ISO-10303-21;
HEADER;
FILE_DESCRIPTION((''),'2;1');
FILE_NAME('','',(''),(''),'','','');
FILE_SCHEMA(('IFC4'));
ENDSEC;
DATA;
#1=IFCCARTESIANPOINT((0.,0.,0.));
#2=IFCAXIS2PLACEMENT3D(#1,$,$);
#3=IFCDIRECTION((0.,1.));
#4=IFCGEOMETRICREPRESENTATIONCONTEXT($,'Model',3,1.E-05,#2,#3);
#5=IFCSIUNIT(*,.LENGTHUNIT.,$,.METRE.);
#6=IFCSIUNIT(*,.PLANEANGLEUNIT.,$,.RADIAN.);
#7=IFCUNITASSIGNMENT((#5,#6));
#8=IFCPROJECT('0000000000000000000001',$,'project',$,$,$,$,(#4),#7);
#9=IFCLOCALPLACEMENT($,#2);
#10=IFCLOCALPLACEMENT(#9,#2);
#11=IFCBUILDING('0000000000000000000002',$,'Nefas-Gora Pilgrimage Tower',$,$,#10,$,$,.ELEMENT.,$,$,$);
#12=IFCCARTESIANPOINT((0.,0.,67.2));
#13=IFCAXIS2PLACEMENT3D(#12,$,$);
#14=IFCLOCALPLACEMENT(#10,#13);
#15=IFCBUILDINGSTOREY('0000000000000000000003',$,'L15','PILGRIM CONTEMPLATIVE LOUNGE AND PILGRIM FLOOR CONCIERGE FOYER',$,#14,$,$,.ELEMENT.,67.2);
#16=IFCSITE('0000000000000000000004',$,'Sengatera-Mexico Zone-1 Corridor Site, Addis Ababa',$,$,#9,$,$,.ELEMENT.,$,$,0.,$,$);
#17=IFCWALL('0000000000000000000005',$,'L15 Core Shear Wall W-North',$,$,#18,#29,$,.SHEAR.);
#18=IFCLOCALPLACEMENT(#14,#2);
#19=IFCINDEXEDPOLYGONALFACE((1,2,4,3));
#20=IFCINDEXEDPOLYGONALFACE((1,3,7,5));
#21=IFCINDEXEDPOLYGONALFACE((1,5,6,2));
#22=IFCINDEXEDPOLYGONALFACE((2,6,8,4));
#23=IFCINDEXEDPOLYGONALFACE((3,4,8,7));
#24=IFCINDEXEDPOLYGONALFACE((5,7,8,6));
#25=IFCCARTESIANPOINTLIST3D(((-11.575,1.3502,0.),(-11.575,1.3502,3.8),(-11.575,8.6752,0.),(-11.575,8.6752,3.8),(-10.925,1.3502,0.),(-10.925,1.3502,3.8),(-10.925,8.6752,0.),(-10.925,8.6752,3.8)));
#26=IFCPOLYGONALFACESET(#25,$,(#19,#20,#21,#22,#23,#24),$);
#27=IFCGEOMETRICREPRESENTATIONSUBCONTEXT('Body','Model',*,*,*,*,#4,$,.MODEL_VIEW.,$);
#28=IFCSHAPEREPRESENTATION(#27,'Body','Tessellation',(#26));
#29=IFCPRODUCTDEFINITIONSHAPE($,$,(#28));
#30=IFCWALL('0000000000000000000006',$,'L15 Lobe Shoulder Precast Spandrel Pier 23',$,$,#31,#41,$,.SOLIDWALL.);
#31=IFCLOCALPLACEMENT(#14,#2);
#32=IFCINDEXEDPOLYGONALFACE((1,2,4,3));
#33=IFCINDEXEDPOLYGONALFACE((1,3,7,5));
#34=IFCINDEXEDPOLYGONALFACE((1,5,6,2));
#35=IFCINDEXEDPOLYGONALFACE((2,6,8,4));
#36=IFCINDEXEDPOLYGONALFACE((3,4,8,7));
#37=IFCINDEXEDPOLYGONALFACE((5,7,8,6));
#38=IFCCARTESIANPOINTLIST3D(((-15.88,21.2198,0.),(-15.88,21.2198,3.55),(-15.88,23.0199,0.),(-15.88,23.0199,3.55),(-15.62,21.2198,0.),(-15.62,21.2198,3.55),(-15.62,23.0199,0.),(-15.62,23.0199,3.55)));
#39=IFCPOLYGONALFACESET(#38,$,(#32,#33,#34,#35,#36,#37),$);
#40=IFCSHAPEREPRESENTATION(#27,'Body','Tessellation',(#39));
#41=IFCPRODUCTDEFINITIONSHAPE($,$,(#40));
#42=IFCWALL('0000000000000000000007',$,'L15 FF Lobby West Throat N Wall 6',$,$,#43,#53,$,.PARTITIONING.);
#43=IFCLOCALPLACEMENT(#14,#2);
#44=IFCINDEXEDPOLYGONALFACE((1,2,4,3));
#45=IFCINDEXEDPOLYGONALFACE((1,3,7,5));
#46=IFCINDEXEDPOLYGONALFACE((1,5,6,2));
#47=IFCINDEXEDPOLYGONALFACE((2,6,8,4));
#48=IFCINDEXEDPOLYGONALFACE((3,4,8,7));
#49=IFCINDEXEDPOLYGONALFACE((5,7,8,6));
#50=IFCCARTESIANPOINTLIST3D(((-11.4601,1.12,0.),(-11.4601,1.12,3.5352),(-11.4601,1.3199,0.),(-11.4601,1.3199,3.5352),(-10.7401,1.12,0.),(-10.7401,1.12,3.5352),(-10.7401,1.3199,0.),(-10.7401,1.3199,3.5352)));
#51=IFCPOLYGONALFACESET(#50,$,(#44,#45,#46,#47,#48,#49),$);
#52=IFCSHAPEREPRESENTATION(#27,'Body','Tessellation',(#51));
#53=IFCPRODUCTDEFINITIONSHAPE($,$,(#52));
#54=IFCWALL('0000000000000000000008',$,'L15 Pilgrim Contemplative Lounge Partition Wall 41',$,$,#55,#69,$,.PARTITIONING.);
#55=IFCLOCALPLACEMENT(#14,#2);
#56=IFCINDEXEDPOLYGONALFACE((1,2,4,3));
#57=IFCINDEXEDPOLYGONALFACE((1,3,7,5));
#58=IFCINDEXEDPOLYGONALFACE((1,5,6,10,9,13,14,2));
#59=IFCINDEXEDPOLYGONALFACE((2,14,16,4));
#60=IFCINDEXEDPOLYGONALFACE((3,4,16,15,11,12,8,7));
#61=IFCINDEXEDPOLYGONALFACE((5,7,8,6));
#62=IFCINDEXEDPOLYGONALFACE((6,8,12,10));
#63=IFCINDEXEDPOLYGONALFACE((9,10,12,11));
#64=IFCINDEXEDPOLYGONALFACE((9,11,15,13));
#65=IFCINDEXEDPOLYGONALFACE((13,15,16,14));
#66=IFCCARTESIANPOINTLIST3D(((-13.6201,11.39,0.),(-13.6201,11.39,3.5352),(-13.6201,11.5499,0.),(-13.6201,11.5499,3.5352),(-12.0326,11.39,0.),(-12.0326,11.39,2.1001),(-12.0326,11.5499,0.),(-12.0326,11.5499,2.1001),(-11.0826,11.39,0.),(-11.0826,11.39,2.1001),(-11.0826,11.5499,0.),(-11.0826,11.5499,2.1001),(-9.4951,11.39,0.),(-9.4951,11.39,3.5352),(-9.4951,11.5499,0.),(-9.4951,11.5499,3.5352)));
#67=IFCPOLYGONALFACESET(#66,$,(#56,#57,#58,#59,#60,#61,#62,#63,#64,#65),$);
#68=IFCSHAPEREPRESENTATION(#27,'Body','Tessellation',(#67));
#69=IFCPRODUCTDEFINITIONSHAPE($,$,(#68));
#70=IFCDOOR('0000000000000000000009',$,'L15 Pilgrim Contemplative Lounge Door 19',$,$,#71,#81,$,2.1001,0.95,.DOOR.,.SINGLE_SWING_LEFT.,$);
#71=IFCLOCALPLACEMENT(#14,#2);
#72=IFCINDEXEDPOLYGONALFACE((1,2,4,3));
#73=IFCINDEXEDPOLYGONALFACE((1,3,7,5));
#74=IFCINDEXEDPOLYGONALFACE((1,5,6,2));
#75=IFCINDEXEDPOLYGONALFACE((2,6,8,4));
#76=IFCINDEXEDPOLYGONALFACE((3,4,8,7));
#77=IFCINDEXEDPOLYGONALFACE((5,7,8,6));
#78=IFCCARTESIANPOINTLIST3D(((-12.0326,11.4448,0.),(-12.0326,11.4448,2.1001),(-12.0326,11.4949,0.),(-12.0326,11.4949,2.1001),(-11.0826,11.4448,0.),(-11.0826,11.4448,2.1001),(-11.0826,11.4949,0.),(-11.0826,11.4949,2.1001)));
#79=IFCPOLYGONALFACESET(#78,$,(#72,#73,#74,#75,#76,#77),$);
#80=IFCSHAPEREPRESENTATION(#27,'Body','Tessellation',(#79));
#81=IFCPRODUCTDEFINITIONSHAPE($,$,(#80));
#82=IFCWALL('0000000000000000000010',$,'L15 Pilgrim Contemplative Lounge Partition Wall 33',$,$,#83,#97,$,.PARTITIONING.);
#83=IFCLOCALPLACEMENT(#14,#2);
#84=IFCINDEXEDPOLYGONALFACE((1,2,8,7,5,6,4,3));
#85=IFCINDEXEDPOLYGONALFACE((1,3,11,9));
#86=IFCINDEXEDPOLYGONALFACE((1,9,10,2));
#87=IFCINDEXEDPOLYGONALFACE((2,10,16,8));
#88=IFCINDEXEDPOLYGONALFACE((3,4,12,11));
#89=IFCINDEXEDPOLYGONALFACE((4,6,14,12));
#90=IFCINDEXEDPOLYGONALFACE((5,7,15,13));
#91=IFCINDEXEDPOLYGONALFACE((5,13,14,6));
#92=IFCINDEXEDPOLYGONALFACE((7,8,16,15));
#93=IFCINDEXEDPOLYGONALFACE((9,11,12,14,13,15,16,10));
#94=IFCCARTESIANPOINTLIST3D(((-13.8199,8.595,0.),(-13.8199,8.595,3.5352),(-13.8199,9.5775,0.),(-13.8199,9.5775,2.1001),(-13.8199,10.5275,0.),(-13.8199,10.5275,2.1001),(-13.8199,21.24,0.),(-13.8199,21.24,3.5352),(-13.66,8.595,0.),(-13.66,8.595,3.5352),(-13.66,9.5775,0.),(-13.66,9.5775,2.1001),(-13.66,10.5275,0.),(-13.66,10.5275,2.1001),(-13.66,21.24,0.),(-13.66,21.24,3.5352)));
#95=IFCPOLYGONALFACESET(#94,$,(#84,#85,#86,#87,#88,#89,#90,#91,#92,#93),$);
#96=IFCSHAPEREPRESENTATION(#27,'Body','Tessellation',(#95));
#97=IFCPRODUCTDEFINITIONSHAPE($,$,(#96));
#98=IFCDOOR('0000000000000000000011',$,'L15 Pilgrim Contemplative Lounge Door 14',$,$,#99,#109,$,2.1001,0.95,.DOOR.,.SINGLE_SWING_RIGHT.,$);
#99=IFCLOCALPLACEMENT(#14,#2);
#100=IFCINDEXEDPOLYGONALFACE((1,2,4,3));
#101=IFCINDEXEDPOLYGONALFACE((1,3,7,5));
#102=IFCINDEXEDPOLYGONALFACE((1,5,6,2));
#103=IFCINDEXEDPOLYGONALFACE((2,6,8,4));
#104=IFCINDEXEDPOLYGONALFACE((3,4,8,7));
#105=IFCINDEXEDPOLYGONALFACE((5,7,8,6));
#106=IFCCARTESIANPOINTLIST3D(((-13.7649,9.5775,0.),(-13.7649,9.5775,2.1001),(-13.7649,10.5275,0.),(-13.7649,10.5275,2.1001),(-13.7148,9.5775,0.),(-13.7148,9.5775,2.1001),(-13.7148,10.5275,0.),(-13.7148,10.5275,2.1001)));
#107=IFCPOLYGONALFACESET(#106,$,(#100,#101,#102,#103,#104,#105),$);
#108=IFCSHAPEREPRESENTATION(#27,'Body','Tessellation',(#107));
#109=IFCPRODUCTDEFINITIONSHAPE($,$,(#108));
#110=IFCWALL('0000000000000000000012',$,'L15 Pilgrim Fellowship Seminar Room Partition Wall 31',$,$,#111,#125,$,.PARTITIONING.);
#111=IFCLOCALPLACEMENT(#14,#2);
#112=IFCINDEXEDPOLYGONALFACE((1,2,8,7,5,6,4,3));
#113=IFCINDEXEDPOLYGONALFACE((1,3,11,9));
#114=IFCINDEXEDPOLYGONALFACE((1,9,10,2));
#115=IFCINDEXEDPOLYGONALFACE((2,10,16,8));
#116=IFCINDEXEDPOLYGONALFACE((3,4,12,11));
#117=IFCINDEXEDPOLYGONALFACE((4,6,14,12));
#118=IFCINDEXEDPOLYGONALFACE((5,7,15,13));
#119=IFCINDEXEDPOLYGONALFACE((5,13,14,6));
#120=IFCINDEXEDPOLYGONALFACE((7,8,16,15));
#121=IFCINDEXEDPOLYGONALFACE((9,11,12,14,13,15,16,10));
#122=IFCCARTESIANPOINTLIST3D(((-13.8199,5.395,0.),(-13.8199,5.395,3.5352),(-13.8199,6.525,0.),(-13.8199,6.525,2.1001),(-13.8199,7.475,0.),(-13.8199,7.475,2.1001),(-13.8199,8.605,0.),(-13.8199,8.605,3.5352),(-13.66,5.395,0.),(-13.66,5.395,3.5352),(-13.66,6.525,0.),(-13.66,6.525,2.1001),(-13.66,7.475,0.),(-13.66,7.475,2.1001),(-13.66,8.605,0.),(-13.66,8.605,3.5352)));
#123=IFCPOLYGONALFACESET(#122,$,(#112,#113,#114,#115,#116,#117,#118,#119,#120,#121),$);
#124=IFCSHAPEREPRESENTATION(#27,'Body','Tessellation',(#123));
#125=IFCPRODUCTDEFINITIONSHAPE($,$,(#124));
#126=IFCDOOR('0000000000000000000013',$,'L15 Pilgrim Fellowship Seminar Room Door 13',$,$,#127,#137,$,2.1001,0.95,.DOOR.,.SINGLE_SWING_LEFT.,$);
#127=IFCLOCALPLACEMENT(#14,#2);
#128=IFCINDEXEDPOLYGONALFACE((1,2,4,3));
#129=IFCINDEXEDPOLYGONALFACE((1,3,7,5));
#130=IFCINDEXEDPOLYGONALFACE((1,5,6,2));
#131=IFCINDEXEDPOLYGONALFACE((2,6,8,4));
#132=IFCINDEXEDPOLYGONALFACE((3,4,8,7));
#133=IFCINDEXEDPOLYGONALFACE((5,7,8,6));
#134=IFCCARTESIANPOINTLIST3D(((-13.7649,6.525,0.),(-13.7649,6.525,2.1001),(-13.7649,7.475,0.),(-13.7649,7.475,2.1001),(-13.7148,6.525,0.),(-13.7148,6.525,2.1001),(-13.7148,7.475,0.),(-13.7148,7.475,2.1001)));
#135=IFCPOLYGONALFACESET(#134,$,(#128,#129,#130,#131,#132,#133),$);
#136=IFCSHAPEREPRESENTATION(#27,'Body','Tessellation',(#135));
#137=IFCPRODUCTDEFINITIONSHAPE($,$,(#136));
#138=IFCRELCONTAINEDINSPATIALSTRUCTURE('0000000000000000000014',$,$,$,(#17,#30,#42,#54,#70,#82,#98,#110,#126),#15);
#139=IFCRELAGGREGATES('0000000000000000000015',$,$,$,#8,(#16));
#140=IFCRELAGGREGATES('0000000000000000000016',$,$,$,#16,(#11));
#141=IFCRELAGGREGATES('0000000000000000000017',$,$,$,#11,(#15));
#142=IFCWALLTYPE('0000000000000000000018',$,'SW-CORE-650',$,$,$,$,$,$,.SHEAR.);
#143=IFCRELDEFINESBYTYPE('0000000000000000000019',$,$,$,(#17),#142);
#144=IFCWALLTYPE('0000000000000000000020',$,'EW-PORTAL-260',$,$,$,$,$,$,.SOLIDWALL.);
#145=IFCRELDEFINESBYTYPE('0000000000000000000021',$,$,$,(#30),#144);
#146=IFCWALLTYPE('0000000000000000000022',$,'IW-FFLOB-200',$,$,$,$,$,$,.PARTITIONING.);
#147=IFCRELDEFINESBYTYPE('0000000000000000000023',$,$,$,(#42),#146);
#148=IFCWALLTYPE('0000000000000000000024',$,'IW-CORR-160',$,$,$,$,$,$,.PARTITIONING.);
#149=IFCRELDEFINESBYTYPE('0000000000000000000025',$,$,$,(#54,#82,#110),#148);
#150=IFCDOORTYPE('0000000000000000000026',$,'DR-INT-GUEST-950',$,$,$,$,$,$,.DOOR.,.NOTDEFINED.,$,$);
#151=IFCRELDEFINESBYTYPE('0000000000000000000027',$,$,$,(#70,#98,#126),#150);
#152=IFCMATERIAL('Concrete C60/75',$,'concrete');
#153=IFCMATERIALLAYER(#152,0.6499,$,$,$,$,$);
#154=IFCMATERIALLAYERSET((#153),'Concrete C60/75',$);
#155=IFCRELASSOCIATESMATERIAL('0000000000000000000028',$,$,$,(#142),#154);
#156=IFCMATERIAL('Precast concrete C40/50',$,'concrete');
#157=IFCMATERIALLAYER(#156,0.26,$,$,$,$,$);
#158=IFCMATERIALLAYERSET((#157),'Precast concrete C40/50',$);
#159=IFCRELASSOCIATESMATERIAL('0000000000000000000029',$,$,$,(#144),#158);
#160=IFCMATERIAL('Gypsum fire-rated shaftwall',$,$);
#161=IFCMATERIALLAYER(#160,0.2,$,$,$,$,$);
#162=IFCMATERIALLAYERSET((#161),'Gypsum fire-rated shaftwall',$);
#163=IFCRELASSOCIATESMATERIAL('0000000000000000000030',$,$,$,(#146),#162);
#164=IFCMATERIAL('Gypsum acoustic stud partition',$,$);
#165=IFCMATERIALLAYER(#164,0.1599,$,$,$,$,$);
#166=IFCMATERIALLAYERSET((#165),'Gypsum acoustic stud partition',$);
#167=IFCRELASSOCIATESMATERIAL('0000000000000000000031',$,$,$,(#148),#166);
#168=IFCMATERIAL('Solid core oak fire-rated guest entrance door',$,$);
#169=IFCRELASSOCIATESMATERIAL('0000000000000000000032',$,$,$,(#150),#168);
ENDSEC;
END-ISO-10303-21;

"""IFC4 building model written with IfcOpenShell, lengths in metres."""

from ifc_helpers import new_model, si_unit, direction, frame, frame_2d, origin, place, context, subcontext, project, spatial, rectangle, extrude, source, transform, mapped, material, layer, layer_set, type_object, element, fill, save


model = new_model("IFC4")

# Units and contexts
model_context = context("Model", 3, precision=1e-05, world=origin(), true_north=direction((0.0, 1.0)))
body_context = subcontext(model_context, "Body", "Model", "MODEL_VIEW")
ifc_project = project(units=[si_unit("LENGTHUNIT", "METRE"), si_unit("PLANEANGLEUNIT", "RADIAN")], contexts=[model_context])

# Site, building, storey
site_placement = place(None, origin())
site = spatial("IfcSite", under=ifc_project, at=site_placement, Name="Sengatera-Mexico Zone-1 Corridor Site, Addis Ababa", CompositionType="ELEMENT", RefElevation=0.0)
building_placement = place(site_placement, origin())
building = spatial("IfcBuilding", under=site, at=building_placement, Name="Nefas-Gora Pilgrimage Tower", CompositionType="ELEMENT")
storey_placement = place(building_placement, frame((0.0, 0.0, 67.2)))
storey = spatial("IfcBuildingStorey", under=building, at=storey_placement, Name="L15", Description="PILGRIM CONTEMPLATIVE LOUNGE AND PILGRIM FLOOR CONCIERGE FOYER", CompositionType="ELEMENT", Elevation=67.2)

# Walls
ifc_material_1 = material(Name="Concrete C60/75", Category="concrete")
ifc_layer_1 = layer(ifc_material_1, 0.6499)
ifc_layer_set_1 = layer_set([ifc_layer_1], Name="Concrete C60/75")
wall_type_1 = type_object("IfcWallType", Name="SW-CORE-650", PredefinedType="SHEAR", material=ifc_layer_set_1)
shared_shape_1 = source(origin(), body_context, "Body", "SweptSolid", [
    extrude(rectangle(XDim=7.325, YDim=0.6499, at=frame_2d((3.6626, 0.0))), origin(), (0.0, 0.0, 1.0), 3.8),
])
wall_1_placement = place(storey_placement, frame((-11.25, 1.3501, 0.0), z_axis=(0.0, 0.0, 1.0), x_axis=(0.0, 1.0, 0.0)))
element("IfcWall", 1, at=wall_1_placement, inside=storey, type_object=wall_type_1, Name="L15 Core Shear Wall W-North", PredefinedType="SHEAR", context=body_context, shape_type="MappedRepresentation", body=[
    mapped(shared_shape_1, transform((0.0, 0.0, 0.0), x_axis=(1.0, 0.0, 0.0), y_axis=(0.0, 1.0, 0.0), z_axis=(0.0, 0.0, 1.0), scale=1.0)),
])
ifc_material_2 = material(Name="Precast concrete C40/50", Category="concrete")
ifc_layer_2 = layer(ifc_material_2, 0.26)
ifc_layer_set_2 = layer_set([ifc_layer_2], Name="Precast concrete C40/50")
wall_type_2 = type_object("IfcWallType", Name="EW-PORTAL-260", PredefinedType="SOLIDWALL", material=ifc_layer_set_2)
shared_shape_2 = source(origin(), body_context, "Body", "SweptSolid", [
    extrude(rectangle(XDim=1.8, YDim=0.26, at=frame_2d((0.8999, 0.0))), origin(), (0.0, 0.0, 1.0), 3.55),
])
wall_2_placement = place(storey_placement, frame((-15.75, 21.22, 0.0), z_axis=(0.0, 0.0, 1.0), x_axis=(0.0, 1.0, 0.0)))
element("IfcWall", 2, at=wall_2_placement, inside=storey, type_object=wall_type_2, Name="L15 Lobe Shoulder Precast Spandrel Pier 23", PredefinedType="SOLIDWALL", context=body_context, shape_type="MappedRepresentation", body=[
    mapped(shared_shape_2, transform((0.0, 0.0, 0.0), x_axis=(1.0, 0.0, 0.0), y_axis=(0.0, 1.0, 0.0), z_axis=(0.0, 0.0, 1.0), scale=1.0)),
])
ifc_material_3 = material(Name="Gypsum fire-rated shaftwall")
ifc_layer_3 = layer(ifc_material_3, 0.2)
ifc_layer_set_3 = layer_set([ifc_layer_3], Name="Gypsum fire-rated shaftwall")
wall_type_3 = type_object("IfcWallType", Name="IW-FFLOB-200", PredefinedType="PARTITIONING", material=ifc_layer_set_3)
shared_shape_3 = source(origin(), body_context, "Body", "SweptSolid", [
    extrude(rectangle(XDim=0.72, YDim=0.2, at=frame_2d((0.3599, 0.0))), origin(), (0.0, 0.0, 1.0), 3.5352),
])
wall_3_placement = place(storey_placement, frame((-11.46, 1.22, 0.0), z_axis=(0.0, 0.0, 1.0), x_axis=(1.0, 0.0, 0.0)))
element("IfcWall", 3, at=wall_3_placement, inside=storey, type_object=wall_type_3, Name="L15 FF Lobby West Throat N Wall 6", PredefinedType="PARTITIONING", context=body_context, shape_type="MappedRepresentation", body=[
    mapped(shared_shape_3, transform((0.0, 0.0, 0.0), x_axis=(1.0, 0.0, 0.0), y_axis=(0.0, 1.0, 0.0), z_axis=(0.0, 0.0, 1.0), scale=1.0)),
])

# Walls, openings, doors
ifc_material_4 = material(Name="Gypsum acoustic stud partition")
ifc_layer_4 = layer(ifc_material_4, 0.1599)
ifc_layer_set_4 = layer_set([ifc_layer_4], Name="Gypsum acoustic stud partition")
wall_type_4 = type_object("IfcWallType", Name="IW-CORR-160", PredefinedType="PARTITIONING", material=ifc_layer_set_4)
shared_shape_4 = source(origin(), body_context, "Body", "SweptSolid", [
    extrude(rectangle(XDim=4.125, YDim=0.1599, at=frame_2d((2.0625, 0.0))), origin(), (0.0, 0.0, 1.0), 3.5352),
])
wall_4_placement = place(storey_placement, frame((-13.6201, 11.47, 0.0), z_axis=(0.0, 0.0, 1.0), x_axis=(1.0, 0.0, 0.0)))
wall_4 = element("IfcWall", 4, at=wall_4_placement, inside=storey, type_object=wall_type_4, Name="L15 Pilgrim Contemplative Lounge Partition Wall 41", PredefinedType="PARTITIONING", context=body_context, shape_type="MappedRepresentation", body=[
    mapped(shared_shape_4, transform((0.0, 0.0, 0.0), x_axis=(1.0, 0.0, 0.0), y_axis=(0.0, 1.0, 0.0), z_axis=(0.0, 0.0, 1.0), scale=1.0)),
])
opening_1_placement = place(wall_4_placement, frame((1.5874, 0.0, 0.0)))
opening_1 = element("IfcOpeningElement", 5, at=opening_1_placement, cuts=wall_4, PredefinedType="OPENING", context=body_context, shape_type="SweptSolid", body=[
    extrude(rectangle(XDim=0.95, YDim=2.1001, at=frame_2d((0.4751, 1.05))), frame((0.0, 0.0898, 0.0), z_axis=(0.0, -1.0, 0.0), x_axis=(1.0, 0.0, 0.0)), (0.0, 0.0, 1.0), 0.1799),
])
ifc_material_5 = material(Name="Solid core oak fire-rated guest entrance door")
door_type = type_object("IfcDoorType", Name="DR-INT-GUEST-950", OperationType="NOTDEFINED", PredefinedType="DOOR", material=ifc_material_5)
shared_shape_5 = source(origin(), body_context, "Body", "SweptSolid", [
    extrude(rectangle(XDim=0.95, YDim=2.1001, at=frame_2d((0.4751, 1.05))), frame((0.0, 0.0249, 0.0), z_axis=(0.0, -1.0, 0.0), x_axis=(1.0, 0.0, 0.0)), (0.0, 0.0, 1.0), 0.05),
])
door_1_placement = place(opening_1_placement, origin())
door_1 = element("IfcDoor", 6, at=door_1_placement, inside=storey, type_object=door_type, Name="L15 Pilgrim Contemplative Lounge Door 19", OperationType="SINGLE_SWING_LEFT", OverallHeight=2.1001, OverallWidth=0.95, PredefinedType="DOOR", context=body_context, shape_type="MappedRepresentation", body=[
    mapped(shared_shape_5, transform((0.0, 0.0, 0.0), x_axis=(1.0, 0.0, 0.0), y_axis=(0.0, 1.0, 0.0), z_axis=(0.0, 0.0, 1.0), scale=1.0)),
])
fill(opening_1, door_1)
shared_shape_6 = source(origin(), body_context, "Body", "SweptSolid", [
    extrude(rectangle(XDim=12.645, YDim=0.1599, at=frame_2d((6.3225, 0.0))), origin(), (0.0, 0.0, 1.0), 3.5352),
])
wall_5_placement = place(storey_placement, frame((-13.74, 8.595, 0.0), z_axis=(0.0, 0.0, 1.0), x_axis=(0.0, 1.0, 0.0)))
wall_5 = element("IfcWall", 7, at=wall_5_placement, inside=storey, type_object=wall_type_4, Name="L15 Pilgrim Contemplative Lounge Partition Wall 33", PredefinedType="PARTITIONING", context=body_context, shape_type="MappedRepresentation", body=[
    mapped(shared_shape_6, transform((0.0, 0.0, 0.0), x_axis=(1.0, 0.0, 0.0), y_axis=(0.0, 1.0, 0.0), z_axis=(0.0, 0.0, 1.0), scale=1.0)),
])
opening_2_placement = place(wall_5_placement, frame((0.9824, 0.0, 0.0)))
opening_2 = element("IfcOpeningElement", 8, at=opening_2_placement, cuts=wall_5, PredefinedType="OPENING", context=body_context, shape_type="SweptSolid", body=[
    extrude(rectangle(XDim=0.95, YDim=2.1001, at=frame_2d((0.4751, 1.05))), frame((0.0, 0.0898, 0.0), z_axis=(0.0, -1.0, 0.0), x_axis=(1.0, 0.0, 0.0)), (0.0, 0.0, 1.0), 0.1799),
])
door_2_placement = place(opening_2_placement, origin())
door_2 = element("IfcDoor", 9, at=door_2_placement, inside=storey, type_object=door_type, Name="L15 Pilgrim Contemplative Lounge Door 14", OperationType="SINGLE_SWING_RIGHT", OverallHeight=2.1001, OverallWidth=0.95, PredefinedType="DOOR", context=body_context, shape_type="MappedRepresentation", body=[
    mapped(shared_shape_5, transform((0.0, 0.0, 0.0), x_axis=(1.0, 0.0, 0.0), y_axis=(0.0, 1.0, 0.0), z_axis=(0.0, 0.0, 1.0), scale=1.0)),
])
fill(opening_2, door_2)
shared_shape_7 = source(origin(), body_context, "Body", "SweptSolid", [
    extrude(rectangle(XDim=3.21, YDim=0.1599, at=frame_2d((1.605, 0.0))), origin(), (0.0, 0.0, 1.0), 3.5352),
])
wall_6_placement = place(storey_placement, frame((-13.74, 5.395, 0.0), z_axis=(0.0, 0.0, 1.0), x_axis=(0.0, 1.0, 0.0)))
wall_6 = element("IfcWall", 10, at=wall_6_placement, inside=storey, type_object=wall_type_4, Name="L15 Pilgrim Fellowship Seminar Room Partition Wall 31", PredefinedType="PARTITIONING", context=body_context, shape_type="MappedRepresentation", body=[
    mapped(shared_shape_7, transform((0.0, 0.0, 0.0), x_axis=(1.0, 0.0, 0.0), y_axis=(0.0, 1.0, 0.0), z_axis=(0.0, 0.0, 1.0), scale=1.0)),
])
opening_3_placement = place(wall_6_placement, frame((1.1299, 0.0, 0.0)))
opening_3 = element("IfcOpeningElement", 11, at=opening_3_placement, cuts=wall_6, PredefinedType="OPENING", context=body_context, shape_type="SweptSolid", body=[
    extrude(rectangle(XDim=0.95, YDim=2.1001, at=frame_2d((0.4751, 1.05))), frame((0.0, 0.0898, 0.0), z_axis=(0.0, -1.0, 0.0), x_axis=(1.0, 0.0, 0.0)), (0.0, 0.0, 1.0), 0.1799),
])
door_3_placement = place(opening_3_placement, origin())
door_3 = element("IfcDoor", 12, at=door_3_placement, inside=storey, type_object=door_type, Name="L15 Pilgrim Fellowship Seminar Room Door 13", OperationType="SINGLE_SWING_LEFT", OverallHeight=2.1001, OverallWidth=0.95, PredefinedType="DOOR", context=body_context, shape_type="MappedRepresentation", body=[
    mapped(shared_shape_5, transform((0.0, 0.0, 0.0), x_axis=(1.0, 0.0, 0.0), y_axis=(0.0, 1.0, 0.0), z_axis=(0.0, 0.0, 1.0), scale=1.0)),
])
fill(opening_3, door_3)

save(model, "model.ifc")
